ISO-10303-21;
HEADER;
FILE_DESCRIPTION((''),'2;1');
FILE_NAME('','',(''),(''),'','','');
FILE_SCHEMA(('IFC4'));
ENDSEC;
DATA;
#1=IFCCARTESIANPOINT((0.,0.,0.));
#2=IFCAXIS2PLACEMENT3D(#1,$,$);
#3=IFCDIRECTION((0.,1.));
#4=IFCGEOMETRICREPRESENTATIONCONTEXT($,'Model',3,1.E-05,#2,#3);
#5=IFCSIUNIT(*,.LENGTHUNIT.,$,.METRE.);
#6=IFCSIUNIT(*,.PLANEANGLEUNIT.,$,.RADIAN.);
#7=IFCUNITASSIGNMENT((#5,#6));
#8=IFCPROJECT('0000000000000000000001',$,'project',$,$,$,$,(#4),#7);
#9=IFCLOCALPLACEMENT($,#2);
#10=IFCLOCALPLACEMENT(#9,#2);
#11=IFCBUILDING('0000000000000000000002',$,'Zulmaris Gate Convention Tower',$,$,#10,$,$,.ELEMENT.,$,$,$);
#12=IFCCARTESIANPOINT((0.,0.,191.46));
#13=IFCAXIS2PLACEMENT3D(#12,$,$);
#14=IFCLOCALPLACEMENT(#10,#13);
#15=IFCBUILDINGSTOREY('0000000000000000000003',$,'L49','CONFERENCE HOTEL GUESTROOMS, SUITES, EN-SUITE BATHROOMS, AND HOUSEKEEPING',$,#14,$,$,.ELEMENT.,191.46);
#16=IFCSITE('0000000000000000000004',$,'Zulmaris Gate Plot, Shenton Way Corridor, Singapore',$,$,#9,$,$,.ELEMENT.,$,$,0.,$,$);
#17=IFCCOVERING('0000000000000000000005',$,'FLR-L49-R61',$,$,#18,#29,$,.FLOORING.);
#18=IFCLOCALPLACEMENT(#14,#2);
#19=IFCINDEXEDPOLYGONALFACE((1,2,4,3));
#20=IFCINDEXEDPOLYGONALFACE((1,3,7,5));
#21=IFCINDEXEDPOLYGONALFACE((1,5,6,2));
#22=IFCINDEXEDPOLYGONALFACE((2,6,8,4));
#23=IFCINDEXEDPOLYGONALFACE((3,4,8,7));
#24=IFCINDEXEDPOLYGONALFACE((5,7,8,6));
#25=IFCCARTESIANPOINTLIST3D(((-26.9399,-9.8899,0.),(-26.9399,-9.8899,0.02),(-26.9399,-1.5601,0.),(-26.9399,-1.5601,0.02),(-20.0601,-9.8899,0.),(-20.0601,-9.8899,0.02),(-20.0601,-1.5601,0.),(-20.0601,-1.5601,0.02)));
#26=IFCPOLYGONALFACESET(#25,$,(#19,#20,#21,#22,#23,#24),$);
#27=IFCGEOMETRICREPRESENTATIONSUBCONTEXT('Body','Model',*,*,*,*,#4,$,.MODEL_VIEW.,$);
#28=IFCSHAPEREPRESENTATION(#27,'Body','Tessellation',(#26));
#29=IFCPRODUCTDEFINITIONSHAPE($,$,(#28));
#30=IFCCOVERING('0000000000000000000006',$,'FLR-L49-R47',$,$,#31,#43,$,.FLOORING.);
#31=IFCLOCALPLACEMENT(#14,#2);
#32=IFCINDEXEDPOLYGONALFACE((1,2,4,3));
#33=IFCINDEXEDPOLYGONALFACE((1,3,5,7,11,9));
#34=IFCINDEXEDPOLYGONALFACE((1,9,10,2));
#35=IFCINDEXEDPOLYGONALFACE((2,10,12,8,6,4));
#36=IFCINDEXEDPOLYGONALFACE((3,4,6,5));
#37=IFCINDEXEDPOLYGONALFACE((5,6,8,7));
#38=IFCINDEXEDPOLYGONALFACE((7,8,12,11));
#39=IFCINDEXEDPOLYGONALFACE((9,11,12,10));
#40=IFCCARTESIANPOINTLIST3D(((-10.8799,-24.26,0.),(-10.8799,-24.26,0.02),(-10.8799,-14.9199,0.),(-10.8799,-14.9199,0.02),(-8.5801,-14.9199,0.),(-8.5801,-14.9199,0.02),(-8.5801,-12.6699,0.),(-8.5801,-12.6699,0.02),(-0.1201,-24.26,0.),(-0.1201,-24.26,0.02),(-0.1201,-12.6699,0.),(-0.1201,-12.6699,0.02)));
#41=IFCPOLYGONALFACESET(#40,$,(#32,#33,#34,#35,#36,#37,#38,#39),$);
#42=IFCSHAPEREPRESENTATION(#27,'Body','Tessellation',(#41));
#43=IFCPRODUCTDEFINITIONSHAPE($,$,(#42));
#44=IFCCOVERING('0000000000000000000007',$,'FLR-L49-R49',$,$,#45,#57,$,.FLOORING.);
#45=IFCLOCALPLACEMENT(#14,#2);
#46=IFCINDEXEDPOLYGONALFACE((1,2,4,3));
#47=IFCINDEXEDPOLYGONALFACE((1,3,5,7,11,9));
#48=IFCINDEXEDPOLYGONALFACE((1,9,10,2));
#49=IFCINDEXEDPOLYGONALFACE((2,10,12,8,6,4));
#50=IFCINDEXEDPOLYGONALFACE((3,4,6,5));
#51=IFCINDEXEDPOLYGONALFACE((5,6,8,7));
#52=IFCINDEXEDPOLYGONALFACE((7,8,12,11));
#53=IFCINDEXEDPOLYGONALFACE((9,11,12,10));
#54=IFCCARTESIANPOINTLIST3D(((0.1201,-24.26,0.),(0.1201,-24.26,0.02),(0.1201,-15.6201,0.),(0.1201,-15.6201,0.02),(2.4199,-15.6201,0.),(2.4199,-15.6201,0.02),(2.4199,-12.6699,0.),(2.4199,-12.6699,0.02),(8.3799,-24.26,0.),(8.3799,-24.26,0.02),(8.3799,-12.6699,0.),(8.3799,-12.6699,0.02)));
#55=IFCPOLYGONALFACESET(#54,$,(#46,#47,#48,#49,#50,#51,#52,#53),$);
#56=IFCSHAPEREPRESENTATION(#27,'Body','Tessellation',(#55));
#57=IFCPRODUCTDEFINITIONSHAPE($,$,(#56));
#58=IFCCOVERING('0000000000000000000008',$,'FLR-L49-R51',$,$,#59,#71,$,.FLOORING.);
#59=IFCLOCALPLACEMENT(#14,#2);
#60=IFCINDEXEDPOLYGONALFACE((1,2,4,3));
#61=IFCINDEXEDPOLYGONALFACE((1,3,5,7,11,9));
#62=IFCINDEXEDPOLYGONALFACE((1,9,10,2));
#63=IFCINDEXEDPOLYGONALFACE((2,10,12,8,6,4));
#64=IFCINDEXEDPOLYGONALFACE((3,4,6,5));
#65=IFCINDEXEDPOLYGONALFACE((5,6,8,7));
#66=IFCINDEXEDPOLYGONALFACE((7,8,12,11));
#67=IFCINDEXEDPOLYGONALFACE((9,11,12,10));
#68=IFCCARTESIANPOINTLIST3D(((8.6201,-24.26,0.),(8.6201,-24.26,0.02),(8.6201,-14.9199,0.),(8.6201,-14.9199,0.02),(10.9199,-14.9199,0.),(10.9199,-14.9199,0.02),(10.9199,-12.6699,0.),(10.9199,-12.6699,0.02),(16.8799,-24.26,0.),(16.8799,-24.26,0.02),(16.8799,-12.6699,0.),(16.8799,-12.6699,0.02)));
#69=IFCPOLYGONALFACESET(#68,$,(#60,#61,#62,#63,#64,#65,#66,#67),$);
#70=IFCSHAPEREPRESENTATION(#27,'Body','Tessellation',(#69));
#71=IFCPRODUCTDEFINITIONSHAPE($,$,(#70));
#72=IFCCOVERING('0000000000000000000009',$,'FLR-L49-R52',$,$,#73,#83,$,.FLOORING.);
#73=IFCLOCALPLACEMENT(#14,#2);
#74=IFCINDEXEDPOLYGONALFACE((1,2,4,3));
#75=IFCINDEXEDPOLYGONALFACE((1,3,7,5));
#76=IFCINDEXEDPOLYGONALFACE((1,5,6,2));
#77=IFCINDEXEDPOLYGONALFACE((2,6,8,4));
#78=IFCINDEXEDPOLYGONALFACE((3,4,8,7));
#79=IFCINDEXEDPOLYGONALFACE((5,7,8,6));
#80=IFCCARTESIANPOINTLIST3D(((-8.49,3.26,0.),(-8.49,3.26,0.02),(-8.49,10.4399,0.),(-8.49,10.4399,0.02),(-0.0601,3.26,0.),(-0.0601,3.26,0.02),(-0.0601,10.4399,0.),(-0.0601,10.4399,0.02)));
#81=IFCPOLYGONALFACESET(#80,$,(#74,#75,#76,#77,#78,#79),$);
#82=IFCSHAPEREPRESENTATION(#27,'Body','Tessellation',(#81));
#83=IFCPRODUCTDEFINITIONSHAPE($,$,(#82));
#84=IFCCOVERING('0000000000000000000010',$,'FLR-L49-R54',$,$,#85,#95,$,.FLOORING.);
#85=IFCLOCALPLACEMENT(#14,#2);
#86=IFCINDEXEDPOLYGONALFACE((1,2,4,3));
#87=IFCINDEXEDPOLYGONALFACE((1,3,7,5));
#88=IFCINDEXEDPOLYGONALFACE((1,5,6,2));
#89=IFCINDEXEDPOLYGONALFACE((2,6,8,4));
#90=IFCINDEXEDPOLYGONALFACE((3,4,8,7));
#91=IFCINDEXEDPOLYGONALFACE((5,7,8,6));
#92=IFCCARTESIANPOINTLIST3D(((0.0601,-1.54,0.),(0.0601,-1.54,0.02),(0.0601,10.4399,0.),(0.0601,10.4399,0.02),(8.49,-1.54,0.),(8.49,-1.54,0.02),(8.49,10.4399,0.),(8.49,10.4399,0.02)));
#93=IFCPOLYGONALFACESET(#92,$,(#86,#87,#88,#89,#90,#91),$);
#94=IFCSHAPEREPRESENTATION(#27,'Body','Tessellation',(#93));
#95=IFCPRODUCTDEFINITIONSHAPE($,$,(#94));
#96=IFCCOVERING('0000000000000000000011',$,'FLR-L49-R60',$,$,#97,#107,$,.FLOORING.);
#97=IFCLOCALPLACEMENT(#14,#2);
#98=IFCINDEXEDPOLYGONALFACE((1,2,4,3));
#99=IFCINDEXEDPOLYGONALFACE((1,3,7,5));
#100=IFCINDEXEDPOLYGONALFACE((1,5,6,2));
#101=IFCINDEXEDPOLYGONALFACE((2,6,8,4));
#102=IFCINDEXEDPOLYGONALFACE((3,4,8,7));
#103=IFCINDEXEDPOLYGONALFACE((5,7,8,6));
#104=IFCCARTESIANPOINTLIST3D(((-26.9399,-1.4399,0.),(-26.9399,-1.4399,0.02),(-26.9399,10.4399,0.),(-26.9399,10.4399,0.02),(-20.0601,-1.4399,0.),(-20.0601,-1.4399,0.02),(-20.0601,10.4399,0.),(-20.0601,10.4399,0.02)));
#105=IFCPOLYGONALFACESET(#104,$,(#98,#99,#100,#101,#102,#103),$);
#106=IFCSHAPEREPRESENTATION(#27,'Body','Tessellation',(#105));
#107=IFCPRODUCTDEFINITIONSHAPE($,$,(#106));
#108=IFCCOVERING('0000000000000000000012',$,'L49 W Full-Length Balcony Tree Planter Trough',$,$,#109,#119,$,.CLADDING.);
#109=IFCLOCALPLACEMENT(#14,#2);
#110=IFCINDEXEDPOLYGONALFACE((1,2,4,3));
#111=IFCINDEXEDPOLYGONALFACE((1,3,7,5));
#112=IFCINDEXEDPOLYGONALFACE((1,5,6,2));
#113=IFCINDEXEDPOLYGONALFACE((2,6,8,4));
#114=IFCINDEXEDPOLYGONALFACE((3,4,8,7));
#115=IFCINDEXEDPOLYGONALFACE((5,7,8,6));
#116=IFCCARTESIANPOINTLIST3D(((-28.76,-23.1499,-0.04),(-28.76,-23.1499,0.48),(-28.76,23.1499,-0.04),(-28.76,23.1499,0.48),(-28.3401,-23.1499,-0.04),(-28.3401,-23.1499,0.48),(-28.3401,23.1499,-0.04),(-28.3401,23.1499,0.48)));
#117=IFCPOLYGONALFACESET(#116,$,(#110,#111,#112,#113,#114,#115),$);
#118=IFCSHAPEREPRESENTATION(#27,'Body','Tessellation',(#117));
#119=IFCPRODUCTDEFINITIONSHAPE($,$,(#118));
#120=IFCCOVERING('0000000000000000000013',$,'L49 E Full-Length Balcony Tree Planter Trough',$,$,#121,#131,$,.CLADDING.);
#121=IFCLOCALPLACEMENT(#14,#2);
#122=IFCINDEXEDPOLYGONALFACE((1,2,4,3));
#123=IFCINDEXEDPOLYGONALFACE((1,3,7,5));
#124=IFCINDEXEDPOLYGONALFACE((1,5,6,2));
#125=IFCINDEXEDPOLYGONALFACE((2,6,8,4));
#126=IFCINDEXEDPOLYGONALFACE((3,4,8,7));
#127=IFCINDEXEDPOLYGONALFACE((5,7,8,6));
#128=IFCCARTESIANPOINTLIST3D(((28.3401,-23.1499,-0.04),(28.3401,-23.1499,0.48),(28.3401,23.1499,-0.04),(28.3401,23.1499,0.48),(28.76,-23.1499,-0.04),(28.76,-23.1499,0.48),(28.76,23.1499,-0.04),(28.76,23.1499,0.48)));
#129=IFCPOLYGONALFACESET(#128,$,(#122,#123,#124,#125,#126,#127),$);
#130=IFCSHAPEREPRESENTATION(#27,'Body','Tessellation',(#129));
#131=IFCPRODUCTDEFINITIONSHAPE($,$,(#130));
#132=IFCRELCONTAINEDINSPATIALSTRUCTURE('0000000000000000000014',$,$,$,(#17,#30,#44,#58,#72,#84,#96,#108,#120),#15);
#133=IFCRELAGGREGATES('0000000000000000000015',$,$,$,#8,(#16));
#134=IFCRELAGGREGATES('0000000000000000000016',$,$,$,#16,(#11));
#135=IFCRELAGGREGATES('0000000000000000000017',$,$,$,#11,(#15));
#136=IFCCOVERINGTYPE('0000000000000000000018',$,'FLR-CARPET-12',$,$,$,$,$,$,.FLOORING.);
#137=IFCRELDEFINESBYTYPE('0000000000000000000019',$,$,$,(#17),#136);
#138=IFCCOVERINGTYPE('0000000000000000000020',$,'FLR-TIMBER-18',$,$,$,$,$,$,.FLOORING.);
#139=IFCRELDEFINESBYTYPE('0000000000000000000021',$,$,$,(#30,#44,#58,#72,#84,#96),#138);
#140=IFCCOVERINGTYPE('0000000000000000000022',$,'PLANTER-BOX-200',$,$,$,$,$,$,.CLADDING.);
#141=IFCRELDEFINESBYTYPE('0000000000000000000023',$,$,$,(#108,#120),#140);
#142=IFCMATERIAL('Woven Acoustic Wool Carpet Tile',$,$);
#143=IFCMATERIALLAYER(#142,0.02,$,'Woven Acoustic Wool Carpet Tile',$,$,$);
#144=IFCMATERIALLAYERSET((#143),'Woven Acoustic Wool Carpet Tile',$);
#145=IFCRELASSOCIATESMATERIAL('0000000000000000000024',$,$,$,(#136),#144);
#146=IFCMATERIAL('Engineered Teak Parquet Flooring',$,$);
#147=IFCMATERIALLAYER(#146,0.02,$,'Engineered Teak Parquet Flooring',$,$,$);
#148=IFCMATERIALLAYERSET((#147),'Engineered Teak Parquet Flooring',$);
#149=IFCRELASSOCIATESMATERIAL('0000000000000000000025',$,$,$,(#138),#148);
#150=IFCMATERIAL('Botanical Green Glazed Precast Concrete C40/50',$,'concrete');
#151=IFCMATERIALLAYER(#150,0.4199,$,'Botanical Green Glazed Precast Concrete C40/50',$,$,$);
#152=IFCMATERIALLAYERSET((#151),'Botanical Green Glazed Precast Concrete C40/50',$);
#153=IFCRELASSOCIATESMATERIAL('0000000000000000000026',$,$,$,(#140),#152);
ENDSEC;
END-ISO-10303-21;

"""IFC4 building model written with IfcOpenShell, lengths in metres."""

from ifc_helpers import new_model, si_unit, direction, frame, origin, place, context, subcontext, project, spatial, polyline, outline, extrude, material, layer, layer_set, type_object, element, save


model = new_model("IFC4")

# Units and contexts
model_context = context("Model", 3, precision=1e-05, world=origin(), true_north=direction((0.0, 1.0)))
body_context = subcontext(model_context, "Body", "Model", "MODEL_VIEW")
ifc_project = project(units=[si_unit("LENGTHUNIT", "METRE"), si_unit("PLANEANGLEUNIT", "RADIAN")], contexts=[model_context])

# Site, building, storey
site_placement = place(None, origin())
site = spatial("IfcSite", under=ifc_project, at=site_placement, Name="Zulmaris Gate Plot, Shenton Way Corridor, Singapore", CompositionType="ELEMENT", RefElevation=0.0)
building_placement = place(site_placement, origin())
building = spatial("IfcBuilding", under=site, at=building_placement, Name="Zulmaris Gate Convention Tower", CompositionType="ELEMENT")
storey_placement = place(building_placement, frame((0.0, 0.0, 191.46)))
storey = spatial("IfcBuildingStorey", under=building, at=storey_placement, Name="L49", Description="CONFERENCE HOTEL GUESTROOMS, SUITES, EN-SUITE BATHROOMS, AND HOUSEKEEPING", CompositionType="ELEMENT", Elevation=191.46)

# Coverings
ifc_material_1 = material(Name="Woven Acoustic Wool Carpet Tile")
ifc_layer_1 = layer(ifc_material_1, 0.02, Name="Woven Acoustic Wool Carpet Tile")
ifc_layer_set_1 = layer_set([ifc_layer_1], Name="Woven Acoustic Wool Carpet Tile")
covering_type_1 = type_object("IfcCoveringType", Name="FLR-CARPET-12", PredefinedType="FLOORING", material=ifc_layer_set_1)
covering_1_placement = place(storey_placement, origin())
element("IfcCovering", 1, at=covering_1_placement, inside=storey, type_object=covering_type_1, Name="FLR-L49-R61", PredefinedType="FLOORING", context=body_context, shape_type="SweptSolid", body=[
    extrude(outline(polyline([(-26.9399, -9.8899), (-20.0601, -9.8899), (-20.0601, -1.5601), (-26.9399, -1.5601), (-26.9399, -9.8899)])), origin(), (0.0, 0.0, 1.0), 0.02),
])
ifc_material_2 = material(Name="Engineered Teak Parquet Flooring")
ifc_layer_2 = layer(ifc_material_2, 0.02, Name="Engineered Teak Parquet Flooring")
ifc_layer_set_2 = layer_set([ifc_layer_2], Name="Engineered Teak Parquet Flooring")
covering_type_2 = type_object("IfcCoveringType", Name="FLR-TIMBER-18", PredefinedType="FLOORING", material=ifc_layer_set_2)
covering_2_placement = place(storey_placement, origin())
element("IfcCovering", 2, at=covering_2_placement, inside=storey, type_object=covering_type_2, Name="FLR-L49-R47", PredefinedType="FLOORING", context=body_context, shape_type="SweptSolid", body=[
    extrude(outline(polyline([(-10.8799, -24.26), (-0.1201, -24.26), (-0.1201, -12.6699), (-8.5801, -12.6699), (-8.5801, -14.9199), (-10.8799, -14.9199), (-10.8799, -24.26)])), origin(), (0.0, 0.0, 1.0), 0.02),
])
covering_3_placement = place(storey_placement, origin())
element("IfcCovering", 3, at=covering_3_placement, inside=storey, type_object=covering_type_2, Name="FLR-L49-R49", PredefinedType="FLOORING", context=body_context, shape_type="SweptSolid", body=[
    extrude(outline(polyline([(0.1201, -24.26), (8.3799, -24.26), (8.3799, -12.6699), (2.4199, -12.6699), (2.4199, -15.6201), (0.1201, -15.6201), (0.1201, -24.26)])), origin(), (0.0, 0.0, 1.0), 0.02),
])
covering_4_placement = place(storey_placement, origin())
element("IfcCovering", 4, at=covering_4_placement, inside=storey, type_object=covering_type_2, Name="FLR-L49-R51", PredefinedType="FLOORING", context=body_context, shape_type="SweptSolid", body=[
    extrude(outline(polyline([(8.6201, -24.26), (16.8799, -24.26), (16.8799, -12.6699), (10.9199, -12.6699), (10.9199, -14.9199), (8.6201, -14.9199), (8.6201, -24.26)])), origin(), (0.0, 0.0, 1.0), 0.02),
])
covering_5_placement = place(storey_placement, origin())
element("IfcCovering", 5, at=covering_5_placement, inside=storey, type_object=covering_type_2, Name="FLR-L49-R52", PredefinedType="FLOORING", context=body_context, shape_type="SweptSolid", body=[
    extrude(outline(polyline([(-8.49, 3.26), (-0.0601, 3.26), (-0.0601, 10.4399), (-8.49, 10.4399), (-8.49, 3.26)])), origin(), (0.0, 0.0, 1.0), 0.02),
])
covering_6_placement = place(storey_placement, origin())
element("IfcCovering", 6, at=covering_6_placement, inside=storey, type_object=covering_type_2, Name="FLR-L49-R54", PredefinedType="FLOORING", context=body_context, shape_type="SweptSolid", body=[
    extrude(outline(polyline([(0.0601, -1.54), (8.49, -1.54), (8.49, 10.4399), (0.0601, 10.4399), (0.0601, -1.54)])), origin(), (0.0, 0.0, 1.0), 0.02),
])
covering_7_placement = place(storey_placement, origin())
element("IfcCovering", 7, at=covering_7_placement, inside=storey, type_object=covering_type_2, Name="FLR-L49-R60", PredefinedType="FLOORING", context=body_context, shape_type="SweptSolid", body=[
    extrude(outline(polyline([(-26.9399, -1.4399), (-20.0601, -1.4399), (-20.0601, 10.4399), (-26.9399, 10.4399), (-26.9399, -1.4399)])), origin(), (0.0, 0.0, 1.0), 0.02),
])
ifc_material_3 = material(Name="Botanical Green Glazed Precast Concrete C40/50", Category="concrete")
ifc_layer_3 = layer(ifc_material_3, 0.4199, Name="Botanical Green Glazed Precast Concrete C40/50")
ifc_layer_set_3 = layer_set([ifc_layer_3], Name="Botanical Green Glazed Precast Concrete C40/50")
covering_type_3 = type_object("IfcCoveringType", Name="PLANTER-BOX-200", PredefinedType="CLADDING", material=ifc_layer_set_3)
covering_8_placement = place(storey_placement, frame((0.0, 0.0, -0.04)))
element("IfcCovering", 8, at=covering_8_placement, inside=storey, type_object=covering_type_3, Name="L49 W Full-Length Balcony Tree Planter Trough", PredefinedType="CLADDING", context=body_context, shape_type="SweptSolid", body=[
    extrude(outline(polyline([(-28.76, -23.1499), (-28.3401, -23.1499), (-28.3401, 23.1499), (-28.76, 23.1499), (-28.76, -23.1499)])), origin(), (0.0, 0.0, 1.0), 0.52),
])
covering_9_placement = place(storey_placement, frame((0.0, 0.0, -0.04)))
element("IfcCovering", 9, at=covering_9_placement, inside=storey, type_object=covering_type_3, Name="L49 E Full-Length Balcony Tree Planter Trough", PredefinedType="CLADDING", context=body_context, shape_type="SweptSolid", body=[
    extrude(outline(polyline([(28.3401, -23.1499), (28.76, -23.1499), (28.76, 23.1499), (28.3401, 23.1499), (28.3401, -23.1499)])), origin(), (0.0, 0.0, 1.0), 0.52),
])

save(model, "model.ifc")
